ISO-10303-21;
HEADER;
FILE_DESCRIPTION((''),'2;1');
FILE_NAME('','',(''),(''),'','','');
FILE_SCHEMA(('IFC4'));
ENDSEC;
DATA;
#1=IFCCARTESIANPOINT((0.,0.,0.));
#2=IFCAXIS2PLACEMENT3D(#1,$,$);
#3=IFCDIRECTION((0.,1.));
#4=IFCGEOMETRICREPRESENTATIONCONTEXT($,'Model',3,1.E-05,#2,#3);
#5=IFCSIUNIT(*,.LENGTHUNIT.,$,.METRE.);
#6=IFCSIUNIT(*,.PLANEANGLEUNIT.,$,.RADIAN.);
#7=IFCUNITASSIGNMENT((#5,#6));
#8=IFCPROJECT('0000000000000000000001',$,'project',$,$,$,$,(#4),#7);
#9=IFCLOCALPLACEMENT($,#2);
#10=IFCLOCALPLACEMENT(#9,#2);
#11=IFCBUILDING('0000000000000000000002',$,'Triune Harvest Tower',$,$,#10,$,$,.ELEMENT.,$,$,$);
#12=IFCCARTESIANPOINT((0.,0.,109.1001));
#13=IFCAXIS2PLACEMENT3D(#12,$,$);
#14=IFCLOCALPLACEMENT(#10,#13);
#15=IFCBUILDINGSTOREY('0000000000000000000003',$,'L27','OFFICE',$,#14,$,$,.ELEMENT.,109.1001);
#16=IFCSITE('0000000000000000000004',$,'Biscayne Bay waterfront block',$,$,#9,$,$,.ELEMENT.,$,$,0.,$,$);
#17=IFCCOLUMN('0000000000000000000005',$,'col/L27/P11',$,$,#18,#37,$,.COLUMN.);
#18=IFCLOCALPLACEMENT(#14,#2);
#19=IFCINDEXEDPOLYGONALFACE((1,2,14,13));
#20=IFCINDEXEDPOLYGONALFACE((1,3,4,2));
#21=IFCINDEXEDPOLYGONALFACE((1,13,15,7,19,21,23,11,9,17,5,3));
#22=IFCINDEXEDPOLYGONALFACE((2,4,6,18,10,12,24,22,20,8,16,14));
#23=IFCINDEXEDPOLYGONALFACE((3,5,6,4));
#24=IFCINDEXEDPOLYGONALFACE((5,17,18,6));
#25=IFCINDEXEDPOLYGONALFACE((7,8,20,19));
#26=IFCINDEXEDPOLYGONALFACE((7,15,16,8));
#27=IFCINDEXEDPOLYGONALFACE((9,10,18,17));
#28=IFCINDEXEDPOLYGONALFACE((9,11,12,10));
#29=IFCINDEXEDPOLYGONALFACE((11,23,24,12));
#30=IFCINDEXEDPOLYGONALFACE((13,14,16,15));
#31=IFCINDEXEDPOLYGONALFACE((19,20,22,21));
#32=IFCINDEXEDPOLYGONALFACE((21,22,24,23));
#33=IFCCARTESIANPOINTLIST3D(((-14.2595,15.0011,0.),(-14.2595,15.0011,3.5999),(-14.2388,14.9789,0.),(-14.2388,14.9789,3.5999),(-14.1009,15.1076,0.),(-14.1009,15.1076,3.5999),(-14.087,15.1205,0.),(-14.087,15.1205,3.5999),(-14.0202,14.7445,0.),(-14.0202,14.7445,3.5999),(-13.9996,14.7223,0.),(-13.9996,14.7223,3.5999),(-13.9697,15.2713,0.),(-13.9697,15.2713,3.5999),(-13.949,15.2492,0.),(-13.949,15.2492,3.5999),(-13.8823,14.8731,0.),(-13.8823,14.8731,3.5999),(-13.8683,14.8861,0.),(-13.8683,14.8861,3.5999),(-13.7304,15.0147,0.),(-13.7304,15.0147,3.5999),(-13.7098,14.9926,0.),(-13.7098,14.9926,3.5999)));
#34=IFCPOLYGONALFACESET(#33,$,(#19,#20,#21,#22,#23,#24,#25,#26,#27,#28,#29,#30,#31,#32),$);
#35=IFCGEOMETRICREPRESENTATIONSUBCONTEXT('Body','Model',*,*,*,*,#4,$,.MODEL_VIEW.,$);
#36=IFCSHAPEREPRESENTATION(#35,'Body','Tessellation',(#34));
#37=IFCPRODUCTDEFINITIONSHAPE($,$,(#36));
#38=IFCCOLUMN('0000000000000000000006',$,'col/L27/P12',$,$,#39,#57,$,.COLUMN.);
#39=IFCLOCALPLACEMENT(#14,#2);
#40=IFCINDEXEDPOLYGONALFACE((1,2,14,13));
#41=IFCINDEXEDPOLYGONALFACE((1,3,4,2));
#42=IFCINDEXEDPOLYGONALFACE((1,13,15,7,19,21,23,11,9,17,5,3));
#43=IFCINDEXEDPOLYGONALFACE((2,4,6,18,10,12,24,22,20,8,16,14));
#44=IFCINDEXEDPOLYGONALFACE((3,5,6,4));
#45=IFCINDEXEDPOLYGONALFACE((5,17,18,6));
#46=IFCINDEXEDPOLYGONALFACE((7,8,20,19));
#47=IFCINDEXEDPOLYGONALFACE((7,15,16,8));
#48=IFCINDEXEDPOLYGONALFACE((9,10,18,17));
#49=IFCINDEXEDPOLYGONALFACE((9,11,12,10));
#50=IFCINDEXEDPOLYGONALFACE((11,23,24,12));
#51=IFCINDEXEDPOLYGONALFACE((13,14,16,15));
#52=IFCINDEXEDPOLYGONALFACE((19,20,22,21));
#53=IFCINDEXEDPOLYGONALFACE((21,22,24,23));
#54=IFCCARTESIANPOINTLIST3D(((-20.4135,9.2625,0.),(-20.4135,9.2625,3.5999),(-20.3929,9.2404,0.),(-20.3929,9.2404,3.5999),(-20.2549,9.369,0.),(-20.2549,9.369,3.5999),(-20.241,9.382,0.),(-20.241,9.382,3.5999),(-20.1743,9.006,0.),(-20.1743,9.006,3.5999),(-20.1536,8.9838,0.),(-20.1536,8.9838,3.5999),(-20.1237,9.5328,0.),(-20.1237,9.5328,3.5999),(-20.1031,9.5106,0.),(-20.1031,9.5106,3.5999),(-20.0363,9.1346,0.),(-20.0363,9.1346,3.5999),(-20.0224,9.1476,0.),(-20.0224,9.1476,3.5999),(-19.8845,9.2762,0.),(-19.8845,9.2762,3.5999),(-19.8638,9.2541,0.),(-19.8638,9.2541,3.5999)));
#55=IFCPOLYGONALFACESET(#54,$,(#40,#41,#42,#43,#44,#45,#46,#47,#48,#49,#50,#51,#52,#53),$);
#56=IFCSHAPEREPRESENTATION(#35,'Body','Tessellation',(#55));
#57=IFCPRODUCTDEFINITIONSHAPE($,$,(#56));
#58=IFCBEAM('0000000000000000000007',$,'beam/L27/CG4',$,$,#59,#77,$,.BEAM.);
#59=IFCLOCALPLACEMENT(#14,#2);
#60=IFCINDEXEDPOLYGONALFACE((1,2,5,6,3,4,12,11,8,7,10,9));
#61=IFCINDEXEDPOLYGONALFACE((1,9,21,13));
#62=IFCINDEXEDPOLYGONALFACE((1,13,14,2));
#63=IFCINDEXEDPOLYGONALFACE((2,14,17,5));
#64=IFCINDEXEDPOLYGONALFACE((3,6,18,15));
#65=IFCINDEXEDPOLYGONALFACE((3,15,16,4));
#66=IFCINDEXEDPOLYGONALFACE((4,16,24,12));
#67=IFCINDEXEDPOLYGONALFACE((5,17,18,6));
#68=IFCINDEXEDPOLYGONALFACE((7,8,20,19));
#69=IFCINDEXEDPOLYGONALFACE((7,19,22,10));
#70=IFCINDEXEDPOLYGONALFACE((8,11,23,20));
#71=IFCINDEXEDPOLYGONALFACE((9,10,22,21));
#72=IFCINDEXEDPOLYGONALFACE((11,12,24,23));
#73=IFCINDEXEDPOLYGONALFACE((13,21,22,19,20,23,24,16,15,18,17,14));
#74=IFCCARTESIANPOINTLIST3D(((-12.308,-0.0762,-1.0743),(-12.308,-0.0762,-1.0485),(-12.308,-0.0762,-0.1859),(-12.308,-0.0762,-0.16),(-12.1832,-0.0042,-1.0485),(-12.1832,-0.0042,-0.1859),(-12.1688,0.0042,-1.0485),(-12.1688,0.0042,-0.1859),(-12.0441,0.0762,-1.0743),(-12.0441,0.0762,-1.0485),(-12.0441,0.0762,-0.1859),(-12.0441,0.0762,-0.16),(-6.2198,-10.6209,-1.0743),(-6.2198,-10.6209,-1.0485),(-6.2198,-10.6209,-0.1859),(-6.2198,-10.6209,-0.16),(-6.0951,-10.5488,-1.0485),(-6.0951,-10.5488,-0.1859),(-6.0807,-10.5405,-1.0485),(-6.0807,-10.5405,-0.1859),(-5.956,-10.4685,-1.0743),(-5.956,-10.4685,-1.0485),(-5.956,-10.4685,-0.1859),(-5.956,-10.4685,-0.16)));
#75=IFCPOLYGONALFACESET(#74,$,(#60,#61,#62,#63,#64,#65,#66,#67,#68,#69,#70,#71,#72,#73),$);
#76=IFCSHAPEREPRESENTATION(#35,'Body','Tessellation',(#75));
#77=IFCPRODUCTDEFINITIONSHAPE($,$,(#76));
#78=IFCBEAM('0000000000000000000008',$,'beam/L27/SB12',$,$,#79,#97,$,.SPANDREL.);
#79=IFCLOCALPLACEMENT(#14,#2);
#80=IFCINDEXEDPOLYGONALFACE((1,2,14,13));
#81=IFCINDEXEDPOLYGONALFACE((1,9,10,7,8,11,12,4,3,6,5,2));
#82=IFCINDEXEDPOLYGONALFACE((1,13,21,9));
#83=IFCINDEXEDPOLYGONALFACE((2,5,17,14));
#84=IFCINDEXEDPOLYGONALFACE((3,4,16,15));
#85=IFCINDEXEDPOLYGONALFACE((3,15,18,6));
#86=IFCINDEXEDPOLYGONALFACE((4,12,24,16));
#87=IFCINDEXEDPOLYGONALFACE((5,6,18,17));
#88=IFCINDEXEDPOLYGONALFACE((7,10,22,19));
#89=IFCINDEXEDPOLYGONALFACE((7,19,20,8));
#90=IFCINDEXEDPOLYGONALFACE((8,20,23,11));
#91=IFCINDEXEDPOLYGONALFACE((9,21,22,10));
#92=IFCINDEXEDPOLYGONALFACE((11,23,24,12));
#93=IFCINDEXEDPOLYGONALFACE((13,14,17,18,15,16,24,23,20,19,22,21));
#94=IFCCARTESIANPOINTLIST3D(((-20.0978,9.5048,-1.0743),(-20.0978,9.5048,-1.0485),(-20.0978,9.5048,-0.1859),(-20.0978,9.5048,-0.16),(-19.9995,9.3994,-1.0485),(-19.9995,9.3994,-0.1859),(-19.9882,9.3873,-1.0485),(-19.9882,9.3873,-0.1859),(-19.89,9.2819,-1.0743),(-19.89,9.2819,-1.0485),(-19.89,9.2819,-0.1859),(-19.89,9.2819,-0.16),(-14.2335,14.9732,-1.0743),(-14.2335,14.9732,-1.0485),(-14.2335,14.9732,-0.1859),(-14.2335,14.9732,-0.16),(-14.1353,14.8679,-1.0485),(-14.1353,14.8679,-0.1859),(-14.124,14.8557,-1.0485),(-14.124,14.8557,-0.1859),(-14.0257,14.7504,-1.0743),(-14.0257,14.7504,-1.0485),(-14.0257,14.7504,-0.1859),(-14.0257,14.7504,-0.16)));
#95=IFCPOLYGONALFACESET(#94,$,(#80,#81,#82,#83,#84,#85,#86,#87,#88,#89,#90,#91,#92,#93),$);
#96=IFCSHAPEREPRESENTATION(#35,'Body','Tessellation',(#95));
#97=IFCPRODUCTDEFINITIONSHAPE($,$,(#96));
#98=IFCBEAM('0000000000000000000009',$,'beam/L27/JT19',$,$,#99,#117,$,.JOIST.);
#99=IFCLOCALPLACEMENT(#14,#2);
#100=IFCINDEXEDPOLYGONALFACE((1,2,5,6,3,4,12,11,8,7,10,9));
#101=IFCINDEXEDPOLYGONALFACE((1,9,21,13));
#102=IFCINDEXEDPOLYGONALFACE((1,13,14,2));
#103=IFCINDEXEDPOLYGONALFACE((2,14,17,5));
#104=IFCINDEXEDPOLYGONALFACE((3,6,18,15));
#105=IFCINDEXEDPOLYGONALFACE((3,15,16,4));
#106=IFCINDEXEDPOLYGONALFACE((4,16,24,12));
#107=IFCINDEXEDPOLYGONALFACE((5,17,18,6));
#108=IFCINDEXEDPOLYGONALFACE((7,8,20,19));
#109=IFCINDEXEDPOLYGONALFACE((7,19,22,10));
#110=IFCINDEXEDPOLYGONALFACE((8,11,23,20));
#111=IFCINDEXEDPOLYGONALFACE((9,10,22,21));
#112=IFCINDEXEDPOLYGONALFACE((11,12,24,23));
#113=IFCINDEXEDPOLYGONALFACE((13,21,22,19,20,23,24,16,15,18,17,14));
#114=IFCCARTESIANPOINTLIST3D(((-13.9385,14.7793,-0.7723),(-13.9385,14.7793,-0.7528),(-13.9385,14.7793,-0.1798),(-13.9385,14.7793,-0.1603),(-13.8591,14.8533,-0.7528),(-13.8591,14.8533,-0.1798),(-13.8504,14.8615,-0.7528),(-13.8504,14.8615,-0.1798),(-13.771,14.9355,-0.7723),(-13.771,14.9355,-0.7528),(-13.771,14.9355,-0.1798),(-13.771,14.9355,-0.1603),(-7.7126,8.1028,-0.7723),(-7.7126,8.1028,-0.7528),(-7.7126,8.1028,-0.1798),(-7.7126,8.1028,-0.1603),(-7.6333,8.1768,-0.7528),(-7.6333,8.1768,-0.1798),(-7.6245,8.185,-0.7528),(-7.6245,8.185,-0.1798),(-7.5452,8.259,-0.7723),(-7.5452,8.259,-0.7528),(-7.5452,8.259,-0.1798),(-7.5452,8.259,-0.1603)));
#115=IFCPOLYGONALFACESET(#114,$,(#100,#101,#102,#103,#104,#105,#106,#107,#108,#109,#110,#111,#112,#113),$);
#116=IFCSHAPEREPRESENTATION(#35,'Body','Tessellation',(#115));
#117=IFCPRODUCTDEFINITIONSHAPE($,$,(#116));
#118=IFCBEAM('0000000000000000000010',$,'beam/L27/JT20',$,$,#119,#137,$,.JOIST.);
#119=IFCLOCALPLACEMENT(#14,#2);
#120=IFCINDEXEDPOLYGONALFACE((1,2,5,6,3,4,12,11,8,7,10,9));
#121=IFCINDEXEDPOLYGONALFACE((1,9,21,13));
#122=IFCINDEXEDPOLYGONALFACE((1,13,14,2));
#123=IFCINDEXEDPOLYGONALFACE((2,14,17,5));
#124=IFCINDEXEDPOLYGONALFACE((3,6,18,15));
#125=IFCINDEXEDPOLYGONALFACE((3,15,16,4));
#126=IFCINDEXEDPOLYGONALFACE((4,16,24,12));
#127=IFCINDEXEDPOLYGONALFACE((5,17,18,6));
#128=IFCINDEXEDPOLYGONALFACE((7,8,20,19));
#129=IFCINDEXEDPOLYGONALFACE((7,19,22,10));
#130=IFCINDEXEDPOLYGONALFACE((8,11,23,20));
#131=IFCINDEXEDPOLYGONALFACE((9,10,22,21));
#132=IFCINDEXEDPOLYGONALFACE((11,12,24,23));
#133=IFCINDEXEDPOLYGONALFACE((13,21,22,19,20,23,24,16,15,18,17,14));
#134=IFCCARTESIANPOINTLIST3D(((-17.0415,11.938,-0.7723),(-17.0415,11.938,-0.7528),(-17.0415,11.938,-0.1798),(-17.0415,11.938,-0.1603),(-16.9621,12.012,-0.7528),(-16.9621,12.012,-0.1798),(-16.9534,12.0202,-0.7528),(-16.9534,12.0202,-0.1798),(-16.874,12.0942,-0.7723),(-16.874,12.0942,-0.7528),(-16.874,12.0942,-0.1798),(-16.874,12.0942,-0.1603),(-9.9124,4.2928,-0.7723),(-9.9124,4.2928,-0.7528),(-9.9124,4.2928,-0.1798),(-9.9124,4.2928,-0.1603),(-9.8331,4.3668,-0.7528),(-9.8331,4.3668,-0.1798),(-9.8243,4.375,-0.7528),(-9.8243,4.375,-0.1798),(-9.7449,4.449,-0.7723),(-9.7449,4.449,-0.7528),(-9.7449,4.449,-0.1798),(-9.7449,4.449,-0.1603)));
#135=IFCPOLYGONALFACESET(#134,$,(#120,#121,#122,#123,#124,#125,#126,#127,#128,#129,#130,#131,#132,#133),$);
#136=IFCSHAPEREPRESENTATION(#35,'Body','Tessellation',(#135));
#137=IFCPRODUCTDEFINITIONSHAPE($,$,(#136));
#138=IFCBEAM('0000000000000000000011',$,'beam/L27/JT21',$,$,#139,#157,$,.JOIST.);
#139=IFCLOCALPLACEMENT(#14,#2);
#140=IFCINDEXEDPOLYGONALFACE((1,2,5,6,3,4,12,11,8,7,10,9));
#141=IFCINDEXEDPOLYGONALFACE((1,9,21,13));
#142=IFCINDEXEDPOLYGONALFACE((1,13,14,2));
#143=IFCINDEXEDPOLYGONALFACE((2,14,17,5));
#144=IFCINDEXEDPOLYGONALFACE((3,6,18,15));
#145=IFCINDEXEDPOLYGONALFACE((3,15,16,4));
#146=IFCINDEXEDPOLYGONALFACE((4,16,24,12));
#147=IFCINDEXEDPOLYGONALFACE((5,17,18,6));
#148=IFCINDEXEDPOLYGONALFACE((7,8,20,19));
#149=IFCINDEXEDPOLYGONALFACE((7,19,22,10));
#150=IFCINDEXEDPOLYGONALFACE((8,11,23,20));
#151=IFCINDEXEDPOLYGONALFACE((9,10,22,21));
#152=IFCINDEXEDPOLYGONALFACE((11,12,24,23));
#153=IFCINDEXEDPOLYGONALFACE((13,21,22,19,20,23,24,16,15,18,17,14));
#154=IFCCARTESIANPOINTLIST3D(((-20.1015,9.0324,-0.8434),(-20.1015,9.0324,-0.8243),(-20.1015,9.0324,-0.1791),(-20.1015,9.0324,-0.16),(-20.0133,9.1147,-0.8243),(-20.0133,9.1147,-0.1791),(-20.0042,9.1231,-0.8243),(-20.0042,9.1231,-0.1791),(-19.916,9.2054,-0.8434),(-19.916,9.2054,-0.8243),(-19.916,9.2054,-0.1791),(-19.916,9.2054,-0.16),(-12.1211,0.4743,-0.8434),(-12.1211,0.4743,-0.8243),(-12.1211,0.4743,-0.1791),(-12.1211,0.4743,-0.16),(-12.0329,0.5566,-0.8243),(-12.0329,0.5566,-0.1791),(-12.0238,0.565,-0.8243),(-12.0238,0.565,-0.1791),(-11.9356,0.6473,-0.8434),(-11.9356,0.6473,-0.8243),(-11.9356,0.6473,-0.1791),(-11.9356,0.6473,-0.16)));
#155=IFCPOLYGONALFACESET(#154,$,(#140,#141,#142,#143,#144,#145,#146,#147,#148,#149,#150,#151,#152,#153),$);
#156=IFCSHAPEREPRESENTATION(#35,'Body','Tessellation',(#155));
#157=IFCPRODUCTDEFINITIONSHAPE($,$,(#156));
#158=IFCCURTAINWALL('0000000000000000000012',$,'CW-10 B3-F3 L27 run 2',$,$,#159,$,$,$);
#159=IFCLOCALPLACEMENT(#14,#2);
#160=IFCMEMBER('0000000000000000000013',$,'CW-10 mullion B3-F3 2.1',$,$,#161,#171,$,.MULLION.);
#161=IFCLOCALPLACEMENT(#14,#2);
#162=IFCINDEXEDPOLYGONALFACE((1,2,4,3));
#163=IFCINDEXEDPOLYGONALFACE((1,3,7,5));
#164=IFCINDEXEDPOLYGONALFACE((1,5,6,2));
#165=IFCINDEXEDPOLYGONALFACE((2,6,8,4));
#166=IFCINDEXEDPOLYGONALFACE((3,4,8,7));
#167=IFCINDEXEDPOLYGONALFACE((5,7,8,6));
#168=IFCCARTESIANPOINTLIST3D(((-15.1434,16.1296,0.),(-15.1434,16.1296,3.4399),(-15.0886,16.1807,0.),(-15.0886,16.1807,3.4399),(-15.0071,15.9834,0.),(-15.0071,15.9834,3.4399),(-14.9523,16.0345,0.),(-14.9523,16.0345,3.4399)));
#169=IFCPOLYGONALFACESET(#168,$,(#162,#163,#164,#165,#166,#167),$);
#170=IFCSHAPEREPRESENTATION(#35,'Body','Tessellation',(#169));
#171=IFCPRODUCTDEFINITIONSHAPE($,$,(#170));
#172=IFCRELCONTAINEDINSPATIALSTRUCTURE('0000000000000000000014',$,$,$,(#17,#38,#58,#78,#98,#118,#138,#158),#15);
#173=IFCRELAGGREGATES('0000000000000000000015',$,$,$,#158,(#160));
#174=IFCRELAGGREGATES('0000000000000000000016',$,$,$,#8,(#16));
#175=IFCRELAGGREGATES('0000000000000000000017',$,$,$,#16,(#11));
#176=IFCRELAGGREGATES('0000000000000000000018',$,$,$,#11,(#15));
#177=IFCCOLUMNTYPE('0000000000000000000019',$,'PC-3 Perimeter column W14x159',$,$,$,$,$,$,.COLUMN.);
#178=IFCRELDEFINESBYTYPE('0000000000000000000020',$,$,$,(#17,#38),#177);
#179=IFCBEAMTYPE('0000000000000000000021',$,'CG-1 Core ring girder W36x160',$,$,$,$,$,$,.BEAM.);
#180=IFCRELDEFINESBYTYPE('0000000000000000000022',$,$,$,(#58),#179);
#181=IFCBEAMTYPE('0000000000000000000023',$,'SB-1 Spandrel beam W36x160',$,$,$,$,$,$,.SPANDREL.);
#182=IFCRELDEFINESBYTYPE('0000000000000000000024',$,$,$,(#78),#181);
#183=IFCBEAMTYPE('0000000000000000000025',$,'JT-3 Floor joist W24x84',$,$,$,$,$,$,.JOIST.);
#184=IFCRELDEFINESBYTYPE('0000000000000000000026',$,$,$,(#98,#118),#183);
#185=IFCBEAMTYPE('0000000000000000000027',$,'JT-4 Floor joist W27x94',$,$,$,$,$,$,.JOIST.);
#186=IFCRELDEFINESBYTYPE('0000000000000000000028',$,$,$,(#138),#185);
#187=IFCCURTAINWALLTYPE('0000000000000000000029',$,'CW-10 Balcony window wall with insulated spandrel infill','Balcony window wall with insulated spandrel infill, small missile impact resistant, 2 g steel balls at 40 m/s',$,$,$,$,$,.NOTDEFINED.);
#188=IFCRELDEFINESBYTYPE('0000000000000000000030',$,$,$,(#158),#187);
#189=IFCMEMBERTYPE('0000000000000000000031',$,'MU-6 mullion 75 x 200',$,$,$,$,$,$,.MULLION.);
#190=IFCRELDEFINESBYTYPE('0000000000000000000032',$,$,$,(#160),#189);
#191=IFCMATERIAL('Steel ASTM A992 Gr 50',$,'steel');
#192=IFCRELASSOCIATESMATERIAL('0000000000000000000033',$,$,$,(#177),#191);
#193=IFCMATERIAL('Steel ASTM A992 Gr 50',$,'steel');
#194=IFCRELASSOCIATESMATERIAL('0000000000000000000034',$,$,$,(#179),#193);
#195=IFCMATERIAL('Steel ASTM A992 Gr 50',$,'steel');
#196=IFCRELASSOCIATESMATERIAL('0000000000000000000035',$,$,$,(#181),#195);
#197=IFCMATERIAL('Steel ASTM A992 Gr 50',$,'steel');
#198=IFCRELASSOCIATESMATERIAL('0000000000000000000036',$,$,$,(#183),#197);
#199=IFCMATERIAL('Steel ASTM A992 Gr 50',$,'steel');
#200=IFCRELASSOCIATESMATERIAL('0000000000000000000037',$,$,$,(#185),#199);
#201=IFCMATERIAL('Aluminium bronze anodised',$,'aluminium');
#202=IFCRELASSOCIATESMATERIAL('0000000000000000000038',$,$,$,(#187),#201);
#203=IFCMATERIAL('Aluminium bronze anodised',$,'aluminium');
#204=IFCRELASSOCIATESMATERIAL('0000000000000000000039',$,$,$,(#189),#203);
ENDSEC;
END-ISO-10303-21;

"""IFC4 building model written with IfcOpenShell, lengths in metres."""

from ifc_helpers import new_model, si_unit, direction, frame, origin, origin_2d, place, context, subcontext, project, spatial, rectangle, i_section, extrude, source, transform, mapped, material, material_profile, profile_set, type_object, element, aggregate, save


model = new_model("IFC4")

# Units and contexts
model_context = context("Model", 3, precision=1e-05, world=origin(), true_north=direction((0.0, 1.0)))
body_context = subcontext(model_context, "Body", "Model", "MODEL_VIEW")
ifc_project = project(units=[si_unit("LENGTHUNIT", "METRE"), si_unit("PLANEANGLEUNIT", "RADIAN")], contexts=[model_context])

# Site, building, storey
site_placement = place(None, origin())
site = spatial("IfcSite", under=ifc_project, at=site_placement, Name="Biscayne Bay waterfront block", CompositionType="ELEMENT", RefElevation=0.0)
building_placement = place(site_placement, origin())
building = spatial("IfcBuilding", under=site, at=building_placement, Name="Triune Harvest Tower", CompositionType="ELEMENT")
storey_placement = place(building_placement, frame((0.0, 0.0, 109.1001)))
storey = spatial("IfcBuildingStorey", under=building, at=storey_placement, Name="L27", Description="OFFICE", CompositionType="ELEMENT", Elevation=109.1001)

# Columns
ifc_material_1 = material(Name="Steel ASTM A992 Gr 50", Category="steel")
ifc_material_profile_1 = material_profile(ifc_material_1, i_section(OverallWidth=0.3962, OverallDepth=0.3811, WebThickness=0.019, FlangeThickness=0.0303, at=origin_2d()), Name="W14x159")
ifc_profile_set_1 = profile_set([ifc_material_profile_1], Name="Steel ASTM A992 Gr 50")
column_type = type_object("IfcColumnType", Name="PC-3 Perimeter column W14x159", PredefinedType="COLUMN", material=ifc_profile_set_1)
shared_shape_1 = source(origin(), body_context, "Body", "SweptSolid", [
    extrude(i_section(OverallWidth=0.3962, OverallDepth=0.3811, WebThickness=0.019, FlangeThickness=0.0303, at=origin_2d()), origin(), (0.0, 0.0, 1.0), 3.5999),
])
for number, where, z_axis, x_axis, name in (
    (1, (-13.9846, 14.9968, 0.0), (0.0, 0.0, 1.0), (-0.731355, -0.681997, 0.0), "col/L27/P11"),
    (2, (-20.1387, 9.2583, 0.0), (0.0, 0.0, 1.0), (-0.731355, -0.681997, 0.0), "col/L27/P12"),
):
    element("IfcColumn", number, at=place(storey_placement, frame(where, z_axis=z_axis, x_axis=x_axis)), inside=storey, type_object=column_type, Name=name, PredefinedType="COLUMN", context=body_context, shape_type="MappedRepresentation", body=[
        mapped(shared_shape_1, transform((0.0, 0.0, 0.0), scale=1.0)),
    ])

# Beams
ifc_material_2 = material(Name="Steel ASTM A992 Gr 50", Category="steel")
ifc_material_profile_2 = material_profile(ifc_material_2, i_section(OverallWidth=0.3047, OverallDepth=0.9143, WebThickness=0.0166, FlangeThickness=0.0259, at=origin_2d()), Name="W36x160")
ifc_profile_set_2 = profile_set([ifc_material_profile_2], Name="Steel ASTM A992 Gr 50")
beam_type_1 = type_object("IfcBeamType", Name="CG-1 Core ring girder W36x160", PredefinedType="BEAM", material=ifc_profile_set_2)
shared_shape_2 = source(origin(), body_context, "Body", "SweptSolid", [
    extrude(i_section(OverallWidth=0.3047, OverallDepth=0.9143, WebThickness=0.0166, FlangeThickness=0.0259, at=origin_2d()), origin(), (0.0, 0.0, 1.0), 12.176),
])
beam_1_placement = place(storey_placement, frame((-12.176, 0.0, -0.6172), z_axis=(0.50001, -0.86602, 0.0), x_axis=(0.86602, 0.50001, 0.0)))
element("IfcBeam", 3, at=beam_1_placement, inside=storey, type_object=beam_type_1, Name="beam/L27/CG4", PredefinedType="BEAM", context=body_context, shape_type="MappedRepresentation", body=[
    mapped(shared_shape_2, transform((0.0, 0.0, 0.0), scale=1.0)),
])
ifc_material_3 = material(Name="Steel ASTM A992 Gr 50", Category="steel")
ifc_material_profile_3 = material_profile(ifc_material_3, i_section(OverallWidth=0.3047, OverallDepth=0.9143, WebThickness=0.0166, FlangeThickness=0.0259, at=origin_2d()), Name="W36x160")
ifc_profile_set_3 = profile_set([ifc_material_profile_3], Name="Steel ASTM A992 Gr 50")
beam_type_2 = type_object("IfcBeamType", Name="SB-1 Spandrel beam W36x160", PredefinedType="SPANDREL", material=ifc_profile_set_3)
shared_shape_3 = source(origin(), body_context, "Body", "SweptSolid", [
    extrude(i_section(OverallWidth=0.3047, OverallDepth=0.9143, WebThickness=0.0166, FlangeThickness=0.0259, at=origin_2d()), origin(), (0.0, 0.0, 1.0), 8.0183),
])
beam_2_placement = place(storey_placement, frame((-14.1296, 14.8618, -0.6172), z_axis=(-0.731354, -0.681998, 0.0), x_axis=(0.681998, -0.731354, 0.0)))
element("IfcBeam", 4, at=beam_2_placement, inside=storey, type_object=beam_type_2, Name="beam/L27/SB12", PredefinedType="SPANDREL", context=body_context, shape_type="MappedRepresentation", body=[
    mapped(shared_shape_3, transform((0.0, 0.0, 0.0), scale=1.0)),
])
ifc_material_4 = material(Name="Steel ASTM A992 Gr 50", Category="steel")
ifc_material_profile_4 = material_profile(ifc_material_4, i_section(OverallWidth=0.229, OverallDepth=0.6121, WebThickness=0.012, FlangeThickness=0.0195, at=origin_2d()), Name="W24x84")
ifc_profile_set_4 = profile_set([ifc_material_profile_4], Name="Steel ASTM A992 Gr 50")
beam_type_3 = type_object("IfcBeamType", Name="JT-3 Floor joist W24x84", PredefinedType="JOIST", material=ifc_profile_set_4)
shared_shape_4 = source(origin(), body_context, "Body", "SweptSolid", [
    extrude(i_section(OverallWidth=0.229, OverallDepth=0.6121, WebThickness=0.012, FlangeThickness=0.0195, at=origin_2d()), origin(), (0.0, 0.0, 1.0), 9.1289),
])
beam_3_placement = place(storey_placement, frame((-13.8547, 14.8574, -0.4663), z_axis=(0.681991, -0.73136, 0.0), x_axis=(0.73136, 0.681991, 0.0)))
element("IfcBeam", 5, at=beam_3_placement, inside=storey, type_object=beam_type_3, Name="beam/L27/JT19", PredefinedType="JOIST", context=body_context, shape_type="MappedRepresentation", body=[
    mapped(shared_shape_4, transform((0.0, 0.0, 0.0), scale=1.0)),
])
shared_shape_5 = source(origin(), body_context, "Body", "SweptSolid", [
    extrude(i_section(OverallWidth=0.229, OverallDepth=0.6121, WebThickness=0.012, FlangeThickness=0.0195, at=origin_2d()), origin(), (0.0, 0.0, 1.0), 10.4534),
])
beam_4_placement = place(storey_placement, frame((-16.9578, 12.0161, -0.4663), z_axis=(0.681989, -0.731362, 0.0), x_axis=(0.731362, 0.681989, 0.0)))
element("IfcBeam", 6, at=beam_4_placement, inside=storey, type_object=beam_type_3, Name="beam/L27/JT20", PredefinedType="JOIST", context=body_context, shape_type="MappedRepresentation", body=[
    mapped(shared_shape_5, transform((0.0, 0.0, 0.0), scale=1.0)),
])
ifc_material_5 = material(Name="Steel ASTM A992 Gr 50", Category="steel")
ifc_material_profile_5 = material_profile(ifc_material_5, i_section(OverallWidth=0.2537, OverallDepth=0.6833, WebThickness=0.0125, FlangeThickness=0.019, at=origin_2d()), Name="W27x94")
ifc_profile_set_5 = profile_set([ifc_material_profile_5], Name="Steel ASTM A992 Gr 50")
beam_type_4 = type_object("IfcBeamType", Name="JT-4 Floor joist W27x94", PredefinedType="JOIST", material=ifc_profile_set_5)
shared_shape_6 = source(origin(), body_context, "Body", "SweptSolid", [
    extrude(i_section(OverallWidth=0.2537, OverallDepth=0.6833, WebThickness=0.0125, FlangeThickness=0.019, at=origin_2d()), origin(), (0.0, 0.0, 1.0), 11.7017),
])
beam_5_placement = place(storey_placement, frame((-20.0088, 9.1189, -0.5017), z_axis=(0.681994, -0.731358, 0.0), x_axis=(0.731358, 0.681994, 0.0)))
element("IfcBeam", 7, at=beam_5_placement, inside=storey, type_object=beam_type_4, Name="beam/L27/JT21", PredefinedType="JOIST", context=body_context, shape_type="MappedRepresentation", body=[
    mapped(shared_shape_6, transform((0.0, 0.0, 0.0), scale=1.0)),
])

# Curtain wall, member
ifc_material_6 = material(Name="Aluminium bronze anodised", Category="aluminium")
curtain_wall_type = type_object("IfcCurtainWallType", Name="CW-10 Balcony window wall with insulated spandrel infill", Description="Balcony window wall with insulated spandrel infill, small missile impact resistant, 2 g steel balls at 40 m/s", PredefinedType="NOTDEFINED", material=ifc_material_6)
curtain_wall_placement = place(storey_placement, origin())
curtain_wall = element("IfcCurtainWall", 8, at=curtain_wall_placement, inside=storey, type_object=curtain_wall_type, Name="CW-10 B3-F3 L27 run 2")
ifc_material_7 = material(Name="Aluminium bronze anodised", Category="aluminium")
ifc_material_profile_6 = material_profile(ifc_material_7, rectangle(XDim=0.2, YDim=0.075, at=origin_2d()), Name="MU-6 mullion 75 x 200")
ifc_profile_set_6 = profile_set([ifc_material_profile_6], Name="Aluminium bronze anodised")
member_type_1 = type_object("IfcMemberType", Name="MU-6 mullion 75 x 200", PredefinedType="MULLION", material=ifc_profile_set_6)
shared_shape_7 = source(origin(), body_context, "Body", "SweptSolid", [
    extrude(rectangle(XDim=0.2, YDim=0.075, at=origin_2d()), origin(), (0.0, 0.0, 1.0), 3.4399),
])
member_1_placement = place(storey_placement, frame((-15.0479, 16.082, 0.0), z_axis=(0.0, 0.0, 1.0), x_axis=(0.681999, -0.731353, 0.0)))
member_1 = element("IfcMember", 9, at=member_1_placement, type_object=member_type_1, Name="CW-10 mullion B3-F3 2.1", PredefinedType="MULLION", context=body_context, shape_type="MappedRepresentation", body=[
    mapped(shared_shape_7, transform((0.0, 0.0, 0.0), scale=1.0)),
])

aggregate(curtain_wall, [member_1])

save(model, "model.ifc")
